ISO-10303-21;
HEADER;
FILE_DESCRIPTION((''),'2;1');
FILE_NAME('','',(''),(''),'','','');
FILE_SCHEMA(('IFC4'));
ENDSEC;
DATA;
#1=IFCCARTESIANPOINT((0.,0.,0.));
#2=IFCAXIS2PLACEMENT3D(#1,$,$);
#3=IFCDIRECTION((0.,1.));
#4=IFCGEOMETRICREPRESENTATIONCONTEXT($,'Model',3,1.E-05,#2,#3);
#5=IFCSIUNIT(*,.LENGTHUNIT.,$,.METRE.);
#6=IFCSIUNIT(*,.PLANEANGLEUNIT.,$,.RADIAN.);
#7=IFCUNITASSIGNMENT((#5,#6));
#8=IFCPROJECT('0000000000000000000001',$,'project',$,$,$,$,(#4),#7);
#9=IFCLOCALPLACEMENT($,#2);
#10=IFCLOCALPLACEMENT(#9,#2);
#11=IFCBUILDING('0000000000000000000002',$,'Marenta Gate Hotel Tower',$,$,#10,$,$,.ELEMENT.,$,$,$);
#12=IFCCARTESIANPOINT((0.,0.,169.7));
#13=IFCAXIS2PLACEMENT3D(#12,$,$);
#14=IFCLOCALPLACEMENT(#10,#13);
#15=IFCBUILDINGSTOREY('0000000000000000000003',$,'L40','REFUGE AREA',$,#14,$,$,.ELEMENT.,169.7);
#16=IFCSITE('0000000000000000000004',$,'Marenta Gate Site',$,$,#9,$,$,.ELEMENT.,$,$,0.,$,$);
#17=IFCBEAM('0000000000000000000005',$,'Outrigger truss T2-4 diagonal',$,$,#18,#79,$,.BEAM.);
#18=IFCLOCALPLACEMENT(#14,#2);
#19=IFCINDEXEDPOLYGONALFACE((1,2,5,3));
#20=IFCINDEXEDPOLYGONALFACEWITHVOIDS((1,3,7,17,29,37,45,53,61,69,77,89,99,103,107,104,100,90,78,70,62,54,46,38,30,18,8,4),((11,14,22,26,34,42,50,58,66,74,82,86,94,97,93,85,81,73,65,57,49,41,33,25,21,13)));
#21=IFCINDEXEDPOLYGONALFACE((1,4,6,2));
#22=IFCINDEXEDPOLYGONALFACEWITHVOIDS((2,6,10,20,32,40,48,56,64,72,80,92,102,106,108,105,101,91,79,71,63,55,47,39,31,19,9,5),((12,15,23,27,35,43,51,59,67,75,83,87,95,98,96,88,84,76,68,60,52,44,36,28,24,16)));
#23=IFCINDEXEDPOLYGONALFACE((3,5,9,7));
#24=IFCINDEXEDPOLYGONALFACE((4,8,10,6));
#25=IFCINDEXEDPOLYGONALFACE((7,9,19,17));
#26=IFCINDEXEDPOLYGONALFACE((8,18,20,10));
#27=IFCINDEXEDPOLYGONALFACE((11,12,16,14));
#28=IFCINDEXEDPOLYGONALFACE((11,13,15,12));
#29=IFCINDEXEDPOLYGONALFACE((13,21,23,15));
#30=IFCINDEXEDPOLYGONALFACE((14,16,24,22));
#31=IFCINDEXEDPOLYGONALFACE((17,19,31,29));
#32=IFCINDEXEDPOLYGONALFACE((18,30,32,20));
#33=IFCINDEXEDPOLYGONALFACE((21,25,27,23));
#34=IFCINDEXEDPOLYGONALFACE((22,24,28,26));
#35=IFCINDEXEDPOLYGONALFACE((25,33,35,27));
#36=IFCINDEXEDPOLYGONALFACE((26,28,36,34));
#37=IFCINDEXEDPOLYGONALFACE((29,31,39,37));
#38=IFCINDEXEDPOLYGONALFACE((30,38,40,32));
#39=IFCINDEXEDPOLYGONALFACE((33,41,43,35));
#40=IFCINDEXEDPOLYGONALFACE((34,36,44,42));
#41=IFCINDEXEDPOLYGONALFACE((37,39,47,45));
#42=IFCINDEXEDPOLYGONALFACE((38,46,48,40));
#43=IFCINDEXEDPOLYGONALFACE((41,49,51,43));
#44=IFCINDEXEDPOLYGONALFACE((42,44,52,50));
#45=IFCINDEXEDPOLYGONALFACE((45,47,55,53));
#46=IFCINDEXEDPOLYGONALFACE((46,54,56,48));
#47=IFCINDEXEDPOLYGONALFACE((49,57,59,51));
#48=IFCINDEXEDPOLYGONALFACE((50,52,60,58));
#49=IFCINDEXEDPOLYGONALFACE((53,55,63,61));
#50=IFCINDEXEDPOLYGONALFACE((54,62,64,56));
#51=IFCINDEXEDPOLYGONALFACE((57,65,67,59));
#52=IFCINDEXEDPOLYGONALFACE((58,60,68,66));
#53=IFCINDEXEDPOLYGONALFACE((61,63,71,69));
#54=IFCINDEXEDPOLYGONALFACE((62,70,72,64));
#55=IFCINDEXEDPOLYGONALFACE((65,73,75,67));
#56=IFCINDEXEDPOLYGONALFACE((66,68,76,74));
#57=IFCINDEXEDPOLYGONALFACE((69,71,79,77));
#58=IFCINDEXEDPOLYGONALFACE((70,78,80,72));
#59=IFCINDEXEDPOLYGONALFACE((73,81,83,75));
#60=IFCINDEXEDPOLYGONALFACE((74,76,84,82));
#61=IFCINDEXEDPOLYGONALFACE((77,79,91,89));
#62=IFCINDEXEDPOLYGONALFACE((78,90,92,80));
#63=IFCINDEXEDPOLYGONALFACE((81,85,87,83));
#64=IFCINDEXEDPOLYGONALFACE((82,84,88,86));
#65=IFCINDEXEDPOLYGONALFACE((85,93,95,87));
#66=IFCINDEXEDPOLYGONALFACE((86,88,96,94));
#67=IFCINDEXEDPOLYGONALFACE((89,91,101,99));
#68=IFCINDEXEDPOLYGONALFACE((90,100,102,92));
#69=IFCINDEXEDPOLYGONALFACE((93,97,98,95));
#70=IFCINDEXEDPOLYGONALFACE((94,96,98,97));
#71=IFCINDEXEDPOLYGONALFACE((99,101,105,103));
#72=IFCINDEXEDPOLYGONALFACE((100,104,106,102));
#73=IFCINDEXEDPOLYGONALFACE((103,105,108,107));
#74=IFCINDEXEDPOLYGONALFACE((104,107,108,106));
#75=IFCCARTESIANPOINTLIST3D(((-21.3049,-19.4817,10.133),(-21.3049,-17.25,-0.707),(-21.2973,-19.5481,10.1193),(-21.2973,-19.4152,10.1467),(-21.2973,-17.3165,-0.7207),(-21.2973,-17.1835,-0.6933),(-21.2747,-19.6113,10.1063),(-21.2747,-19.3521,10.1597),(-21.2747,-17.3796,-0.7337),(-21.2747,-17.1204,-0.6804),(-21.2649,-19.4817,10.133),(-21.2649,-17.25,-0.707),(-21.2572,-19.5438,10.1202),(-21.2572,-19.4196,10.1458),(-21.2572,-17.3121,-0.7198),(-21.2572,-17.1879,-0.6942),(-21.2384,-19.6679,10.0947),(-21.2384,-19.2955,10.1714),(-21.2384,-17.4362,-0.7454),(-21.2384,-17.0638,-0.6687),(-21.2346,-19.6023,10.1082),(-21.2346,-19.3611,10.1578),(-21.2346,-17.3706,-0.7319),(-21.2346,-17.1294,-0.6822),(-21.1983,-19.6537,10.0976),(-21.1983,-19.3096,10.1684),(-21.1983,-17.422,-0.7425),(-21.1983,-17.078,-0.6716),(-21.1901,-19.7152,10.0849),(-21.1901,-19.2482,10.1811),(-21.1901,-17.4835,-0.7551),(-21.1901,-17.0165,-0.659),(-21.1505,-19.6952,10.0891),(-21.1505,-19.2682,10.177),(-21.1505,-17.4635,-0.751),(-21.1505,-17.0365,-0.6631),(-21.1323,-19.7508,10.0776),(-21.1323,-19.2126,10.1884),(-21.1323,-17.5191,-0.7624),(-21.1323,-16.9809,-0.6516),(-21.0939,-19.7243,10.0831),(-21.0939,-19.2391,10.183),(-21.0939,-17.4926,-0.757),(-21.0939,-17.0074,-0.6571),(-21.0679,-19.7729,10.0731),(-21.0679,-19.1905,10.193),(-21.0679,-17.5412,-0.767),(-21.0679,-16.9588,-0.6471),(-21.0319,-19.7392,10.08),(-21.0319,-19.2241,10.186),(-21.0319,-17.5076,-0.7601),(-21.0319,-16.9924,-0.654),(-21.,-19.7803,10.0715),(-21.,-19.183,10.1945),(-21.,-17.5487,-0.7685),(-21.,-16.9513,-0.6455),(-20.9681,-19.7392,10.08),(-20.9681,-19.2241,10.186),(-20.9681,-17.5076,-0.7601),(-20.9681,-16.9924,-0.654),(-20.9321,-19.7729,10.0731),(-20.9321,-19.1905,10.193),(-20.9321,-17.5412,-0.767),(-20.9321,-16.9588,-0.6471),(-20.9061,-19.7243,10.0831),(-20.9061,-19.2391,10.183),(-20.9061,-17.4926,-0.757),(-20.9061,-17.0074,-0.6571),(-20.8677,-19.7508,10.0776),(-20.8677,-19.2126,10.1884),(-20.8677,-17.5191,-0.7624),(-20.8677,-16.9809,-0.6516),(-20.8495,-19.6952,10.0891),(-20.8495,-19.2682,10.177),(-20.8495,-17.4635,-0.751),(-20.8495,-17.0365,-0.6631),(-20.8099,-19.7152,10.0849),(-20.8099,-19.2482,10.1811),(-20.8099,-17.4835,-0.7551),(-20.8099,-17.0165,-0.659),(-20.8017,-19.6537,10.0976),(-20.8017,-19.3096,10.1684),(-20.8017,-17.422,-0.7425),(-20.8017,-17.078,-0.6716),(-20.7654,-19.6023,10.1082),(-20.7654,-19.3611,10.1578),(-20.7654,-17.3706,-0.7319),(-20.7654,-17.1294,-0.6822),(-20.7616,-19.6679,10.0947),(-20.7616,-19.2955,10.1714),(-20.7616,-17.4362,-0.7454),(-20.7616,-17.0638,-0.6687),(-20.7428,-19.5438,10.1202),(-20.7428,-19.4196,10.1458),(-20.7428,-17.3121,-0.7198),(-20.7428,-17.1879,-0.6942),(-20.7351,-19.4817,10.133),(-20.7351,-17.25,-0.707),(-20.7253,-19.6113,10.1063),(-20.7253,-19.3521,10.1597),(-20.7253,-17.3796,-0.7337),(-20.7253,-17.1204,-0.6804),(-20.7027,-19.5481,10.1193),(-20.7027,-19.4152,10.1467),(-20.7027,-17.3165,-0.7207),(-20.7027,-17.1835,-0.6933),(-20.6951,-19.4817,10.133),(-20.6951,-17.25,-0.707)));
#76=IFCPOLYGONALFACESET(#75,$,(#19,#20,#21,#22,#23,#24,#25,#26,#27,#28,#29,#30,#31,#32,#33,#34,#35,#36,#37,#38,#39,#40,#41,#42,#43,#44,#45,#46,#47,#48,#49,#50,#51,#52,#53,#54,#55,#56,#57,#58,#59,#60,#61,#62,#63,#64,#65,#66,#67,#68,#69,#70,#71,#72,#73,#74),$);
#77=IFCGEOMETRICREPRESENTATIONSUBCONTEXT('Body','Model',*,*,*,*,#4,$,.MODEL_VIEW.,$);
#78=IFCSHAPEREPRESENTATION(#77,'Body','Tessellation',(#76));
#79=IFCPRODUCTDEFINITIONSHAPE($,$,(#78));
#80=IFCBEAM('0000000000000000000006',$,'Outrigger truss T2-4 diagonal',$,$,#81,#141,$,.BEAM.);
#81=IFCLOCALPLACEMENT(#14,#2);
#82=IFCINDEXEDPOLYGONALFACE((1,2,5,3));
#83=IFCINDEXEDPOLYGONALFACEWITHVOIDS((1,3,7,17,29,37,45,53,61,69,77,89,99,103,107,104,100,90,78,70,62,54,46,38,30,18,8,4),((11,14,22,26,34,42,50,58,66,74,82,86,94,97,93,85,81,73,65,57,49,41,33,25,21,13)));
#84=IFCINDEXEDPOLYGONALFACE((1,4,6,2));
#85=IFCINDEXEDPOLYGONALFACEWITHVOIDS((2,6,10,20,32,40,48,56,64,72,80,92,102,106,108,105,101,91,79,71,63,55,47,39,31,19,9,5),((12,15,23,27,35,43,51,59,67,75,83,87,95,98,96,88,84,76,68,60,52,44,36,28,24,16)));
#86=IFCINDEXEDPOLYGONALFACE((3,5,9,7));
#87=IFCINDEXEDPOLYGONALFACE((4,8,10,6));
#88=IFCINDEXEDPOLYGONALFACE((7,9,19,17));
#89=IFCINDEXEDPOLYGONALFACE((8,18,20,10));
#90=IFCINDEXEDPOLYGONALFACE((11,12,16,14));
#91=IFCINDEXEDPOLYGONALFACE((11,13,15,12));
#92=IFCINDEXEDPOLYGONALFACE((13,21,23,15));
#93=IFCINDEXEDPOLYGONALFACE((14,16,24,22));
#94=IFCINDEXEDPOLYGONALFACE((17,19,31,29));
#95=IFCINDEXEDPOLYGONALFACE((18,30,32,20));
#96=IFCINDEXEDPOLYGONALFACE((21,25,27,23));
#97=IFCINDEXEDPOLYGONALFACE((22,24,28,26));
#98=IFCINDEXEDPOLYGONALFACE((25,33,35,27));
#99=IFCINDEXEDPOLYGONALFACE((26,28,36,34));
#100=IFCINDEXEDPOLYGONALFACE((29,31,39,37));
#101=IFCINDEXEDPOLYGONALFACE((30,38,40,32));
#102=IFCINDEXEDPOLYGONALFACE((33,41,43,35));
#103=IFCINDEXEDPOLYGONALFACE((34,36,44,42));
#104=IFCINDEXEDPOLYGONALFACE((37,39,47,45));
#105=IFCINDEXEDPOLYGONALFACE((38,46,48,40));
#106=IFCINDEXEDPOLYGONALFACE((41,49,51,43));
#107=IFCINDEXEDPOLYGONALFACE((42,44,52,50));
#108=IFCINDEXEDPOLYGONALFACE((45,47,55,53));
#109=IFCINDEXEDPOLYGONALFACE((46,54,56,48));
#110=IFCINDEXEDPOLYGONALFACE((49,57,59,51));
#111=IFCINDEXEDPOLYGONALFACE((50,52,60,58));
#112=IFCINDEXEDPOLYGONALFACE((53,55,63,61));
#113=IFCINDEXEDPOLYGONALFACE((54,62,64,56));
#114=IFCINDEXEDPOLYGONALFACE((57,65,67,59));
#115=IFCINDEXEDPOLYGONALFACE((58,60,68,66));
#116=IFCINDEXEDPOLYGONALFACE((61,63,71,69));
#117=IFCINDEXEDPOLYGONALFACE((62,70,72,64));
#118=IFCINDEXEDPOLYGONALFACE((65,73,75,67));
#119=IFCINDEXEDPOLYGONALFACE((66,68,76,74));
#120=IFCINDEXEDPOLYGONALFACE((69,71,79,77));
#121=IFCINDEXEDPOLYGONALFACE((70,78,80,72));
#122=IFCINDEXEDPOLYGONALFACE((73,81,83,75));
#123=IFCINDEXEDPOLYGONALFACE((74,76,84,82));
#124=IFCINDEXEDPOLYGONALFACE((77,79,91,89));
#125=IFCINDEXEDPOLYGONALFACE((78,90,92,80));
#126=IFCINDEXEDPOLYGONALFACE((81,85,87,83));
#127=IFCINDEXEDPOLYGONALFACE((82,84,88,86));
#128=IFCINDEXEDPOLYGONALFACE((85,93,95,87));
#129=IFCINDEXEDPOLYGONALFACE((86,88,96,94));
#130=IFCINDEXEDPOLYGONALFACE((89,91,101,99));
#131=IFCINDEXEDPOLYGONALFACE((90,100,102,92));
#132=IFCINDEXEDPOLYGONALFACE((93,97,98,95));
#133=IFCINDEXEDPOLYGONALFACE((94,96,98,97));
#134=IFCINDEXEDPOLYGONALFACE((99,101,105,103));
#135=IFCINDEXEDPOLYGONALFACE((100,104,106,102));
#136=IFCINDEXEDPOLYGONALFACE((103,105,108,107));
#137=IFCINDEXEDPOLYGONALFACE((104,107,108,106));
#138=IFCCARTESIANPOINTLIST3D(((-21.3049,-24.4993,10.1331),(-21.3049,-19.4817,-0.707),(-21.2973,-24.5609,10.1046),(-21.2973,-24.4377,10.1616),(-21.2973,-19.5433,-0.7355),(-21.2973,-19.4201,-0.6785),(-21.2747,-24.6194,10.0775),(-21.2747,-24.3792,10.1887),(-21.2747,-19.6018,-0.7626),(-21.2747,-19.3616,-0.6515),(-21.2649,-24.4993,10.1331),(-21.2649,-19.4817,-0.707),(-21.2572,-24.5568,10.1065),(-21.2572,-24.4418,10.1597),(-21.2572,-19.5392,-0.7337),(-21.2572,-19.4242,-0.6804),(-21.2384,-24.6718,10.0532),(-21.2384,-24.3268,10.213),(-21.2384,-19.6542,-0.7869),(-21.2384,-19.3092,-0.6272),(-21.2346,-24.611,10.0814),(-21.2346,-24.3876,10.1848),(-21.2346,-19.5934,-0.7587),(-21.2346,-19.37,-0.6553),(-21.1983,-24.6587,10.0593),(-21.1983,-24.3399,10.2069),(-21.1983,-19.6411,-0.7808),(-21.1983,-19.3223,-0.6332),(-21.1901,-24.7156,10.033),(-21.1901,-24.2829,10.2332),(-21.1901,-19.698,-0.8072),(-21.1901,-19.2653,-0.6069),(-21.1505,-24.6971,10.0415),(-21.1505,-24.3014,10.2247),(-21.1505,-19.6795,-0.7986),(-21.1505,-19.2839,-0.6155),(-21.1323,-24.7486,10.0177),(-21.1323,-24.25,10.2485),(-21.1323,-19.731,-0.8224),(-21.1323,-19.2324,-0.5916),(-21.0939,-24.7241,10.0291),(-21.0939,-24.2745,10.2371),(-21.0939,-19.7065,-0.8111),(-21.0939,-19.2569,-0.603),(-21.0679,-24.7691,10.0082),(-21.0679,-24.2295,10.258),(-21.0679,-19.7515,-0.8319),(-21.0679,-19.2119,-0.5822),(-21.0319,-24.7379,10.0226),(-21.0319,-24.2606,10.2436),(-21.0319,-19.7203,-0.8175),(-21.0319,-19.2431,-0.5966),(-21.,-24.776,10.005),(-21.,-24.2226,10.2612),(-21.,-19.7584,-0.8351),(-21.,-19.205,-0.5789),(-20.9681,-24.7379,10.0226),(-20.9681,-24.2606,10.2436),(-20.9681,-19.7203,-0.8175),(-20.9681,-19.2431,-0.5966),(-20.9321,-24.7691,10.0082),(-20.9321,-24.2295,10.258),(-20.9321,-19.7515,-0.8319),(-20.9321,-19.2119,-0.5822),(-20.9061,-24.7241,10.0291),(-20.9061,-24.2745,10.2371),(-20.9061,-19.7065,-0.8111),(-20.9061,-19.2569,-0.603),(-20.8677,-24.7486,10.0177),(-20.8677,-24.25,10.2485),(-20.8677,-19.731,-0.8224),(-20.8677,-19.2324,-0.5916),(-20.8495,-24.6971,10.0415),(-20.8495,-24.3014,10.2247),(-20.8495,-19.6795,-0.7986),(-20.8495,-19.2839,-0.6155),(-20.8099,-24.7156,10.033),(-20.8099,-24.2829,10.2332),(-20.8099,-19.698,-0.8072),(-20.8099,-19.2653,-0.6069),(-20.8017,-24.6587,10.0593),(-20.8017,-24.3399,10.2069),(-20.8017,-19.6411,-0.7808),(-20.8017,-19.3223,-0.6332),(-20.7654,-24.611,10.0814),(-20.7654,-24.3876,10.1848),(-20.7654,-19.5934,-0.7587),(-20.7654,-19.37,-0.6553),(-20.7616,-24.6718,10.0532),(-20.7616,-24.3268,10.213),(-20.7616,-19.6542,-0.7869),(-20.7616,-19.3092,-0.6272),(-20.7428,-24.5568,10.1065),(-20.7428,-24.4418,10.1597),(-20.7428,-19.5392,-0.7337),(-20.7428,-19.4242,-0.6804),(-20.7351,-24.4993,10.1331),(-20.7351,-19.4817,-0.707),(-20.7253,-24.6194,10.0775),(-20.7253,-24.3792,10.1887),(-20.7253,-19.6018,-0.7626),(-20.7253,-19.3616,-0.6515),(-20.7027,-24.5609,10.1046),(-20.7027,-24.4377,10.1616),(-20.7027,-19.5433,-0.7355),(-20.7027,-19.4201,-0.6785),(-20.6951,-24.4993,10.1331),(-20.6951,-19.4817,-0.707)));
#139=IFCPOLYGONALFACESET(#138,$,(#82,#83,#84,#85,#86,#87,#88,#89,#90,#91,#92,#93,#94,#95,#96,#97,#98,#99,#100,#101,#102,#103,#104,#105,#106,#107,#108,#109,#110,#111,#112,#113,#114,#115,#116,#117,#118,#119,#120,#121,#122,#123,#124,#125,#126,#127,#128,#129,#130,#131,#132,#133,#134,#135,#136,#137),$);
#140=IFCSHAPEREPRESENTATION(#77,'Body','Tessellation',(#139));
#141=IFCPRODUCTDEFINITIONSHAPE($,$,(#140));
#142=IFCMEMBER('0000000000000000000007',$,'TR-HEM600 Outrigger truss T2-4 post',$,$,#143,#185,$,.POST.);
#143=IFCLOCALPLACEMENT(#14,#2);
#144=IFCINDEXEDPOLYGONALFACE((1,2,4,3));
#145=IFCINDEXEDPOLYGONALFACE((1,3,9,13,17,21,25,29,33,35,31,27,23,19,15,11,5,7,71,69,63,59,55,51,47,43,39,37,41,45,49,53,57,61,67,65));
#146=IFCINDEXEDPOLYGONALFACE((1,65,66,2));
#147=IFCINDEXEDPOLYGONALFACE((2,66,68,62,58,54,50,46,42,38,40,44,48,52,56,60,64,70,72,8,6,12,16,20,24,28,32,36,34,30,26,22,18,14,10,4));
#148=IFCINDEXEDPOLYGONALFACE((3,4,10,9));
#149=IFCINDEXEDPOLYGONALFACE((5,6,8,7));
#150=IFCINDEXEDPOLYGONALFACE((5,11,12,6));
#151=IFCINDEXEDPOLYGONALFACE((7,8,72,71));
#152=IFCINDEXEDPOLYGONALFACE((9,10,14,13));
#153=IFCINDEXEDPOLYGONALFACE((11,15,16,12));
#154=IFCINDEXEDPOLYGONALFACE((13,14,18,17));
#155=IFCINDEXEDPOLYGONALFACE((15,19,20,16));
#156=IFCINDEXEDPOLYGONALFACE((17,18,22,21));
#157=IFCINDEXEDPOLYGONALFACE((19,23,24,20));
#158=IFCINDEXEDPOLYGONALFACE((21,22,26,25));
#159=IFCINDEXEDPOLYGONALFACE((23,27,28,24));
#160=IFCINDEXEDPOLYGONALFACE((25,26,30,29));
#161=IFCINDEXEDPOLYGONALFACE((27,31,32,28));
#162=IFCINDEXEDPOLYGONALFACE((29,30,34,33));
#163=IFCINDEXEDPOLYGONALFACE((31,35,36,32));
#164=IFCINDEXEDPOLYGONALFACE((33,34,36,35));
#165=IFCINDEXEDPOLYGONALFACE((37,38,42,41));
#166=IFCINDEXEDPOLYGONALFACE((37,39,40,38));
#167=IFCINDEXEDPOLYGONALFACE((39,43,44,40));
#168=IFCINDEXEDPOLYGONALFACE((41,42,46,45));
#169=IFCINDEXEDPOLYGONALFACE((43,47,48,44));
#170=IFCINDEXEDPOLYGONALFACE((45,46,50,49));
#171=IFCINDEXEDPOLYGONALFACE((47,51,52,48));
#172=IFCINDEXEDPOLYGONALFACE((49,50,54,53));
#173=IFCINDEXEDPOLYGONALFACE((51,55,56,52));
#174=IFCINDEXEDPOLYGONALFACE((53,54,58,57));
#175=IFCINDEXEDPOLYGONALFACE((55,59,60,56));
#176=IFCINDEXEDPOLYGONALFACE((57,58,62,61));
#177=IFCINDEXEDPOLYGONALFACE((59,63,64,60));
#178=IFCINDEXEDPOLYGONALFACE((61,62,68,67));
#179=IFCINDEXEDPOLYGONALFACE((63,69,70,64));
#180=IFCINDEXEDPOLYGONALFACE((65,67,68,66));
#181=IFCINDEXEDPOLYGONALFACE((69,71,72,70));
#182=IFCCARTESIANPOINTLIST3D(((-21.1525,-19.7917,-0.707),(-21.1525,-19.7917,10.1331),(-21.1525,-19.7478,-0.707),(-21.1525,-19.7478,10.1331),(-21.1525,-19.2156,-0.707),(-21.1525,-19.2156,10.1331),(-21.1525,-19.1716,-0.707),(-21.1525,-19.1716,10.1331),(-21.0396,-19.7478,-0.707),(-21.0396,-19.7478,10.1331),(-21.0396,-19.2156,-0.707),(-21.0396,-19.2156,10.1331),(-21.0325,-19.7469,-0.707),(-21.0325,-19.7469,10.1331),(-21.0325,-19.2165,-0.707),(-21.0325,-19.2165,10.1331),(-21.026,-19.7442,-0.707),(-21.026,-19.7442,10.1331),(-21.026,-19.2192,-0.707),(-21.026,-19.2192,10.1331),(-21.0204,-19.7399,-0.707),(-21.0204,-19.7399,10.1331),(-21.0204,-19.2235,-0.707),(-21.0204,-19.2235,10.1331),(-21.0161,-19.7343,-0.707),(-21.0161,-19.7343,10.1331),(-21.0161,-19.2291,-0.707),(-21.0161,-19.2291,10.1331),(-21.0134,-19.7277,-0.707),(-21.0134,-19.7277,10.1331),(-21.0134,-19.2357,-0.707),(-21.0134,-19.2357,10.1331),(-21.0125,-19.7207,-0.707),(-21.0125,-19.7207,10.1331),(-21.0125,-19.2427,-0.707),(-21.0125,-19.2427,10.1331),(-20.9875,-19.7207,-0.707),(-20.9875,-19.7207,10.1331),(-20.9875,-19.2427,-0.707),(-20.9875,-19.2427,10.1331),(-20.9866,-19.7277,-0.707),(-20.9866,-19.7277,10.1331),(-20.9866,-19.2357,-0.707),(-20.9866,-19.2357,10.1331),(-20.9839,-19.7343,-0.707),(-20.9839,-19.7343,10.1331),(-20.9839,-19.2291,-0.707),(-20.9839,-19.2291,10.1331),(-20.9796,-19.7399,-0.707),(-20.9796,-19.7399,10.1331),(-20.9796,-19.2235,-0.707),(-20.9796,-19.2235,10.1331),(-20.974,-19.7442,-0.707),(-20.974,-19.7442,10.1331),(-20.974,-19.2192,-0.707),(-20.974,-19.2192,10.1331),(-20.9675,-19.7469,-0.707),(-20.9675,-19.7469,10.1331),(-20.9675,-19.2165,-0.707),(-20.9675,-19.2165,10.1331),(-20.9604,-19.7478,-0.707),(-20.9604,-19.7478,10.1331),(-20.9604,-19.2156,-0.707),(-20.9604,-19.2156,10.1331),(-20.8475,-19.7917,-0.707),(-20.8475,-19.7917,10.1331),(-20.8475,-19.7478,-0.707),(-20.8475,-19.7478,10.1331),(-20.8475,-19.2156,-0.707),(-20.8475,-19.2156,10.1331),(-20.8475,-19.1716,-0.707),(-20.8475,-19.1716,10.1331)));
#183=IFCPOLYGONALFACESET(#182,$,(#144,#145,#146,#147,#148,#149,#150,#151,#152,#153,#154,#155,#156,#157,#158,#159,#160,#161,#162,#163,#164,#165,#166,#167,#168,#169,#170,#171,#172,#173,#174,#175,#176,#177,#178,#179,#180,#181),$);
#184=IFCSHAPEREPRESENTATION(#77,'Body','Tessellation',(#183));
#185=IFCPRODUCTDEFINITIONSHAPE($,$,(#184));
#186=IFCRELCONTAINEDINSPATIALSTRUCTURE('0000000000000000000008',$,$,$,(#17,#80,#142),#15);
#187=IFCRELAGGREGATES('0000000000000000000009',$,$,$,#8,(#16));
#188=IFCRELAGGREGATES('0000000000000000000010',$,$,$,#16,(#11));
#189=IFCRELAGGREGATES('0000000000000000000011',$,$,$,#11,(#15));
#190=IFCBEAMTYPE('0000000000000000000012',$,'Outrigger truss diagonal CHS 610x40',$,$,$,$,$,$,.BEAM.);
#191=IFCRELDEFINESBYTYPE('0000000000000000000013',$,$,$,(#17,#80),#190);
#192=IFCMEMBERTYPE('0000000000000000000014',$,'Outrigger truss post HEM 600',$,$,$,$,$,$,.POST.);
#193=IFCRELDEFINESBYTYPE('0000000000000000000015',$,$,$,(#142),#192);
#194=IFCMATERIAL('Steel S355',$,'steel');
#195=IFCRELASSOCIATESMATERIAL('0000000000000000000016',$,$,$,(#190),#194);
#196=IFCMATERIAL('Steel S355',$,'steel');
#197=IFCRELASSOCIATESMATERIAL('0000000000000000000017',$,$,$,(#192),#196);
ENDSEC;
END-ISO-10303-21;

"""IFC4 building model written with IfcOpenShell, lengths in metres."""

from ifc_helpers import new_model, si_unit, direction, frame, origin, origin_2d, place, context, subcontext, project, spatial, hollow_circle, i_section, extrude, material, material_profile, profile_set, type_object, element, save


model = new_model("IFC4")

# Units and contexts
model_context = context("Model", 3, precision=1e-05, world=origin(), true_north=direction((0.0, 1.0)))
body_context = subcontext(model_context, "Body", "Model", "MODEL_VIEW")
ifc_project = project(units=[si_unit("LENGTHUNIT", "METRE"), si_unit("PLANEANGLEUNIT", "RADIAN")], contexts=[model_context])

# Site, building, storey
site_placement = place(None, origin())
site = spatial("IfcSite", under=ifc_project, at=site_placement, Name="Marenta Gate Site", CompositionType="ELEMENT", RefElevation=0.0)
building_placement = place(site_placement, origin())
building = spatial("IfcBuilding", under=site, at=building_placement, Name="Marenta Gate Hotel Tower", CompositionType="ELEMENT")
storey_placement = place(building_placement, frame((0.0, 0.0, 169.7)))
storey = spatial("IfcBuildingStorey", under=building, at=storey_placement, Name="L40", Description="REFUGE AREA", CompositionType="ELEMENT", Elevation=169.7)

# Beams
ifc_material_1 = material(Name="Steel S355", Category="steel")
ifc_material_profile_1 = material_profile(ifc_material_1, hollow_circle(Radius=0.3049, WallThickness=0.04, at=origin_2d()), Name="CHS 610x40")
ifc_profile_set_1 = profile_set([ifc_material_profile_1], Name="Steel S355")
beam_type_1 = type_object("IfcBeamType", Name="Outrigger truss diagonal CHS 610x40", PredefinedType="BEAM", material=ifc_profile_set_1)
beam_1_placement = place(storey_placement, frame((-21.0, -17.25, -0.707), z_axis=(0.0, -0.201645, 0.979459), x_axis=(1.0, 0.0, 0.0)))
element("IfcBeam", 1, at=beam_1_placement, inside=storey, type_object=beam_type_1, Name="Outrigger truss T2-4 diagonal", PredefinedType="BEAM", context=body_context, shape_type="SweptSolid", body=[
    extrude(hollow_circle(Radius=0.3049, WallThickness=0.04, at=origin_2d()), origin(), (0.0, 0.0, 1.0), 11.0674),
])
beam_2_placement = place(storey_placement, frame((-21.0, -19.4817, -0.707), z_axis=(0.0, -0.420056, 0.907498), x_axis=(1.0, 0.0, 0.0)))
element("IfcBeam", 2, at=beam_2_placement, inside=storey, type_object=beam_type_1, Name="Outrigger truss T2-4 diagonal", PredefinedType="BEAM", context=body_context, shape_type="SweptSolid", body=[
    extrude(hollow_circle(Radius=0.3049, WallThickness=0.04, at=origin_2d()), origin(), (0.0, 0.0, 1.0), 11.9451),
])

# Member
ifc_material_2 = material(Name="Steel S355", Category="steel")
ifc_material_profile_2 = material_profile(ifc_material_2, i_section(OverallWidth=0.3049, OverallDepth=0.6201, WebThickness=0.0249, FlangeThickness=0.0439, FilletRadius=0.0271, at=origin_2d()), Name="HEM 600")
ifc_profile_set_2 = profile_set([ifc_material_profile_2], Name="Steel S355")
member_type_1 = type_object("IfcMemberType", Name="Outrigger truss post HEM 600", PredefinedType="POST", material=ifc_profile_set_2)
member_1_placement = place(storey_placement, frame((-21.0, -19.4817, -0.707), z_axis=(0.0, 0.0, 1.0), x_axis=(1.0, 0.0, 0.0)))
element("IfcMember", 3, at=member_1_placement, inside=storey, type_object=member_type_1, Name="TR-HEM600 Outrigger truss T2-4 post", PredefinedType="POST", context=body_context, shape_type="SweptSolid", body=[
    extrude(i_section(OverallWidth=0.3049, OverallDepth=0.6201, WebThickness=0.0249, FlangeThickness=0.0439, FilletRadius=0.0271, at=origin_2d()), origin(), (0.0, 0.0, 1.0), 10.8401),
])

save(model, "model.ifc")
